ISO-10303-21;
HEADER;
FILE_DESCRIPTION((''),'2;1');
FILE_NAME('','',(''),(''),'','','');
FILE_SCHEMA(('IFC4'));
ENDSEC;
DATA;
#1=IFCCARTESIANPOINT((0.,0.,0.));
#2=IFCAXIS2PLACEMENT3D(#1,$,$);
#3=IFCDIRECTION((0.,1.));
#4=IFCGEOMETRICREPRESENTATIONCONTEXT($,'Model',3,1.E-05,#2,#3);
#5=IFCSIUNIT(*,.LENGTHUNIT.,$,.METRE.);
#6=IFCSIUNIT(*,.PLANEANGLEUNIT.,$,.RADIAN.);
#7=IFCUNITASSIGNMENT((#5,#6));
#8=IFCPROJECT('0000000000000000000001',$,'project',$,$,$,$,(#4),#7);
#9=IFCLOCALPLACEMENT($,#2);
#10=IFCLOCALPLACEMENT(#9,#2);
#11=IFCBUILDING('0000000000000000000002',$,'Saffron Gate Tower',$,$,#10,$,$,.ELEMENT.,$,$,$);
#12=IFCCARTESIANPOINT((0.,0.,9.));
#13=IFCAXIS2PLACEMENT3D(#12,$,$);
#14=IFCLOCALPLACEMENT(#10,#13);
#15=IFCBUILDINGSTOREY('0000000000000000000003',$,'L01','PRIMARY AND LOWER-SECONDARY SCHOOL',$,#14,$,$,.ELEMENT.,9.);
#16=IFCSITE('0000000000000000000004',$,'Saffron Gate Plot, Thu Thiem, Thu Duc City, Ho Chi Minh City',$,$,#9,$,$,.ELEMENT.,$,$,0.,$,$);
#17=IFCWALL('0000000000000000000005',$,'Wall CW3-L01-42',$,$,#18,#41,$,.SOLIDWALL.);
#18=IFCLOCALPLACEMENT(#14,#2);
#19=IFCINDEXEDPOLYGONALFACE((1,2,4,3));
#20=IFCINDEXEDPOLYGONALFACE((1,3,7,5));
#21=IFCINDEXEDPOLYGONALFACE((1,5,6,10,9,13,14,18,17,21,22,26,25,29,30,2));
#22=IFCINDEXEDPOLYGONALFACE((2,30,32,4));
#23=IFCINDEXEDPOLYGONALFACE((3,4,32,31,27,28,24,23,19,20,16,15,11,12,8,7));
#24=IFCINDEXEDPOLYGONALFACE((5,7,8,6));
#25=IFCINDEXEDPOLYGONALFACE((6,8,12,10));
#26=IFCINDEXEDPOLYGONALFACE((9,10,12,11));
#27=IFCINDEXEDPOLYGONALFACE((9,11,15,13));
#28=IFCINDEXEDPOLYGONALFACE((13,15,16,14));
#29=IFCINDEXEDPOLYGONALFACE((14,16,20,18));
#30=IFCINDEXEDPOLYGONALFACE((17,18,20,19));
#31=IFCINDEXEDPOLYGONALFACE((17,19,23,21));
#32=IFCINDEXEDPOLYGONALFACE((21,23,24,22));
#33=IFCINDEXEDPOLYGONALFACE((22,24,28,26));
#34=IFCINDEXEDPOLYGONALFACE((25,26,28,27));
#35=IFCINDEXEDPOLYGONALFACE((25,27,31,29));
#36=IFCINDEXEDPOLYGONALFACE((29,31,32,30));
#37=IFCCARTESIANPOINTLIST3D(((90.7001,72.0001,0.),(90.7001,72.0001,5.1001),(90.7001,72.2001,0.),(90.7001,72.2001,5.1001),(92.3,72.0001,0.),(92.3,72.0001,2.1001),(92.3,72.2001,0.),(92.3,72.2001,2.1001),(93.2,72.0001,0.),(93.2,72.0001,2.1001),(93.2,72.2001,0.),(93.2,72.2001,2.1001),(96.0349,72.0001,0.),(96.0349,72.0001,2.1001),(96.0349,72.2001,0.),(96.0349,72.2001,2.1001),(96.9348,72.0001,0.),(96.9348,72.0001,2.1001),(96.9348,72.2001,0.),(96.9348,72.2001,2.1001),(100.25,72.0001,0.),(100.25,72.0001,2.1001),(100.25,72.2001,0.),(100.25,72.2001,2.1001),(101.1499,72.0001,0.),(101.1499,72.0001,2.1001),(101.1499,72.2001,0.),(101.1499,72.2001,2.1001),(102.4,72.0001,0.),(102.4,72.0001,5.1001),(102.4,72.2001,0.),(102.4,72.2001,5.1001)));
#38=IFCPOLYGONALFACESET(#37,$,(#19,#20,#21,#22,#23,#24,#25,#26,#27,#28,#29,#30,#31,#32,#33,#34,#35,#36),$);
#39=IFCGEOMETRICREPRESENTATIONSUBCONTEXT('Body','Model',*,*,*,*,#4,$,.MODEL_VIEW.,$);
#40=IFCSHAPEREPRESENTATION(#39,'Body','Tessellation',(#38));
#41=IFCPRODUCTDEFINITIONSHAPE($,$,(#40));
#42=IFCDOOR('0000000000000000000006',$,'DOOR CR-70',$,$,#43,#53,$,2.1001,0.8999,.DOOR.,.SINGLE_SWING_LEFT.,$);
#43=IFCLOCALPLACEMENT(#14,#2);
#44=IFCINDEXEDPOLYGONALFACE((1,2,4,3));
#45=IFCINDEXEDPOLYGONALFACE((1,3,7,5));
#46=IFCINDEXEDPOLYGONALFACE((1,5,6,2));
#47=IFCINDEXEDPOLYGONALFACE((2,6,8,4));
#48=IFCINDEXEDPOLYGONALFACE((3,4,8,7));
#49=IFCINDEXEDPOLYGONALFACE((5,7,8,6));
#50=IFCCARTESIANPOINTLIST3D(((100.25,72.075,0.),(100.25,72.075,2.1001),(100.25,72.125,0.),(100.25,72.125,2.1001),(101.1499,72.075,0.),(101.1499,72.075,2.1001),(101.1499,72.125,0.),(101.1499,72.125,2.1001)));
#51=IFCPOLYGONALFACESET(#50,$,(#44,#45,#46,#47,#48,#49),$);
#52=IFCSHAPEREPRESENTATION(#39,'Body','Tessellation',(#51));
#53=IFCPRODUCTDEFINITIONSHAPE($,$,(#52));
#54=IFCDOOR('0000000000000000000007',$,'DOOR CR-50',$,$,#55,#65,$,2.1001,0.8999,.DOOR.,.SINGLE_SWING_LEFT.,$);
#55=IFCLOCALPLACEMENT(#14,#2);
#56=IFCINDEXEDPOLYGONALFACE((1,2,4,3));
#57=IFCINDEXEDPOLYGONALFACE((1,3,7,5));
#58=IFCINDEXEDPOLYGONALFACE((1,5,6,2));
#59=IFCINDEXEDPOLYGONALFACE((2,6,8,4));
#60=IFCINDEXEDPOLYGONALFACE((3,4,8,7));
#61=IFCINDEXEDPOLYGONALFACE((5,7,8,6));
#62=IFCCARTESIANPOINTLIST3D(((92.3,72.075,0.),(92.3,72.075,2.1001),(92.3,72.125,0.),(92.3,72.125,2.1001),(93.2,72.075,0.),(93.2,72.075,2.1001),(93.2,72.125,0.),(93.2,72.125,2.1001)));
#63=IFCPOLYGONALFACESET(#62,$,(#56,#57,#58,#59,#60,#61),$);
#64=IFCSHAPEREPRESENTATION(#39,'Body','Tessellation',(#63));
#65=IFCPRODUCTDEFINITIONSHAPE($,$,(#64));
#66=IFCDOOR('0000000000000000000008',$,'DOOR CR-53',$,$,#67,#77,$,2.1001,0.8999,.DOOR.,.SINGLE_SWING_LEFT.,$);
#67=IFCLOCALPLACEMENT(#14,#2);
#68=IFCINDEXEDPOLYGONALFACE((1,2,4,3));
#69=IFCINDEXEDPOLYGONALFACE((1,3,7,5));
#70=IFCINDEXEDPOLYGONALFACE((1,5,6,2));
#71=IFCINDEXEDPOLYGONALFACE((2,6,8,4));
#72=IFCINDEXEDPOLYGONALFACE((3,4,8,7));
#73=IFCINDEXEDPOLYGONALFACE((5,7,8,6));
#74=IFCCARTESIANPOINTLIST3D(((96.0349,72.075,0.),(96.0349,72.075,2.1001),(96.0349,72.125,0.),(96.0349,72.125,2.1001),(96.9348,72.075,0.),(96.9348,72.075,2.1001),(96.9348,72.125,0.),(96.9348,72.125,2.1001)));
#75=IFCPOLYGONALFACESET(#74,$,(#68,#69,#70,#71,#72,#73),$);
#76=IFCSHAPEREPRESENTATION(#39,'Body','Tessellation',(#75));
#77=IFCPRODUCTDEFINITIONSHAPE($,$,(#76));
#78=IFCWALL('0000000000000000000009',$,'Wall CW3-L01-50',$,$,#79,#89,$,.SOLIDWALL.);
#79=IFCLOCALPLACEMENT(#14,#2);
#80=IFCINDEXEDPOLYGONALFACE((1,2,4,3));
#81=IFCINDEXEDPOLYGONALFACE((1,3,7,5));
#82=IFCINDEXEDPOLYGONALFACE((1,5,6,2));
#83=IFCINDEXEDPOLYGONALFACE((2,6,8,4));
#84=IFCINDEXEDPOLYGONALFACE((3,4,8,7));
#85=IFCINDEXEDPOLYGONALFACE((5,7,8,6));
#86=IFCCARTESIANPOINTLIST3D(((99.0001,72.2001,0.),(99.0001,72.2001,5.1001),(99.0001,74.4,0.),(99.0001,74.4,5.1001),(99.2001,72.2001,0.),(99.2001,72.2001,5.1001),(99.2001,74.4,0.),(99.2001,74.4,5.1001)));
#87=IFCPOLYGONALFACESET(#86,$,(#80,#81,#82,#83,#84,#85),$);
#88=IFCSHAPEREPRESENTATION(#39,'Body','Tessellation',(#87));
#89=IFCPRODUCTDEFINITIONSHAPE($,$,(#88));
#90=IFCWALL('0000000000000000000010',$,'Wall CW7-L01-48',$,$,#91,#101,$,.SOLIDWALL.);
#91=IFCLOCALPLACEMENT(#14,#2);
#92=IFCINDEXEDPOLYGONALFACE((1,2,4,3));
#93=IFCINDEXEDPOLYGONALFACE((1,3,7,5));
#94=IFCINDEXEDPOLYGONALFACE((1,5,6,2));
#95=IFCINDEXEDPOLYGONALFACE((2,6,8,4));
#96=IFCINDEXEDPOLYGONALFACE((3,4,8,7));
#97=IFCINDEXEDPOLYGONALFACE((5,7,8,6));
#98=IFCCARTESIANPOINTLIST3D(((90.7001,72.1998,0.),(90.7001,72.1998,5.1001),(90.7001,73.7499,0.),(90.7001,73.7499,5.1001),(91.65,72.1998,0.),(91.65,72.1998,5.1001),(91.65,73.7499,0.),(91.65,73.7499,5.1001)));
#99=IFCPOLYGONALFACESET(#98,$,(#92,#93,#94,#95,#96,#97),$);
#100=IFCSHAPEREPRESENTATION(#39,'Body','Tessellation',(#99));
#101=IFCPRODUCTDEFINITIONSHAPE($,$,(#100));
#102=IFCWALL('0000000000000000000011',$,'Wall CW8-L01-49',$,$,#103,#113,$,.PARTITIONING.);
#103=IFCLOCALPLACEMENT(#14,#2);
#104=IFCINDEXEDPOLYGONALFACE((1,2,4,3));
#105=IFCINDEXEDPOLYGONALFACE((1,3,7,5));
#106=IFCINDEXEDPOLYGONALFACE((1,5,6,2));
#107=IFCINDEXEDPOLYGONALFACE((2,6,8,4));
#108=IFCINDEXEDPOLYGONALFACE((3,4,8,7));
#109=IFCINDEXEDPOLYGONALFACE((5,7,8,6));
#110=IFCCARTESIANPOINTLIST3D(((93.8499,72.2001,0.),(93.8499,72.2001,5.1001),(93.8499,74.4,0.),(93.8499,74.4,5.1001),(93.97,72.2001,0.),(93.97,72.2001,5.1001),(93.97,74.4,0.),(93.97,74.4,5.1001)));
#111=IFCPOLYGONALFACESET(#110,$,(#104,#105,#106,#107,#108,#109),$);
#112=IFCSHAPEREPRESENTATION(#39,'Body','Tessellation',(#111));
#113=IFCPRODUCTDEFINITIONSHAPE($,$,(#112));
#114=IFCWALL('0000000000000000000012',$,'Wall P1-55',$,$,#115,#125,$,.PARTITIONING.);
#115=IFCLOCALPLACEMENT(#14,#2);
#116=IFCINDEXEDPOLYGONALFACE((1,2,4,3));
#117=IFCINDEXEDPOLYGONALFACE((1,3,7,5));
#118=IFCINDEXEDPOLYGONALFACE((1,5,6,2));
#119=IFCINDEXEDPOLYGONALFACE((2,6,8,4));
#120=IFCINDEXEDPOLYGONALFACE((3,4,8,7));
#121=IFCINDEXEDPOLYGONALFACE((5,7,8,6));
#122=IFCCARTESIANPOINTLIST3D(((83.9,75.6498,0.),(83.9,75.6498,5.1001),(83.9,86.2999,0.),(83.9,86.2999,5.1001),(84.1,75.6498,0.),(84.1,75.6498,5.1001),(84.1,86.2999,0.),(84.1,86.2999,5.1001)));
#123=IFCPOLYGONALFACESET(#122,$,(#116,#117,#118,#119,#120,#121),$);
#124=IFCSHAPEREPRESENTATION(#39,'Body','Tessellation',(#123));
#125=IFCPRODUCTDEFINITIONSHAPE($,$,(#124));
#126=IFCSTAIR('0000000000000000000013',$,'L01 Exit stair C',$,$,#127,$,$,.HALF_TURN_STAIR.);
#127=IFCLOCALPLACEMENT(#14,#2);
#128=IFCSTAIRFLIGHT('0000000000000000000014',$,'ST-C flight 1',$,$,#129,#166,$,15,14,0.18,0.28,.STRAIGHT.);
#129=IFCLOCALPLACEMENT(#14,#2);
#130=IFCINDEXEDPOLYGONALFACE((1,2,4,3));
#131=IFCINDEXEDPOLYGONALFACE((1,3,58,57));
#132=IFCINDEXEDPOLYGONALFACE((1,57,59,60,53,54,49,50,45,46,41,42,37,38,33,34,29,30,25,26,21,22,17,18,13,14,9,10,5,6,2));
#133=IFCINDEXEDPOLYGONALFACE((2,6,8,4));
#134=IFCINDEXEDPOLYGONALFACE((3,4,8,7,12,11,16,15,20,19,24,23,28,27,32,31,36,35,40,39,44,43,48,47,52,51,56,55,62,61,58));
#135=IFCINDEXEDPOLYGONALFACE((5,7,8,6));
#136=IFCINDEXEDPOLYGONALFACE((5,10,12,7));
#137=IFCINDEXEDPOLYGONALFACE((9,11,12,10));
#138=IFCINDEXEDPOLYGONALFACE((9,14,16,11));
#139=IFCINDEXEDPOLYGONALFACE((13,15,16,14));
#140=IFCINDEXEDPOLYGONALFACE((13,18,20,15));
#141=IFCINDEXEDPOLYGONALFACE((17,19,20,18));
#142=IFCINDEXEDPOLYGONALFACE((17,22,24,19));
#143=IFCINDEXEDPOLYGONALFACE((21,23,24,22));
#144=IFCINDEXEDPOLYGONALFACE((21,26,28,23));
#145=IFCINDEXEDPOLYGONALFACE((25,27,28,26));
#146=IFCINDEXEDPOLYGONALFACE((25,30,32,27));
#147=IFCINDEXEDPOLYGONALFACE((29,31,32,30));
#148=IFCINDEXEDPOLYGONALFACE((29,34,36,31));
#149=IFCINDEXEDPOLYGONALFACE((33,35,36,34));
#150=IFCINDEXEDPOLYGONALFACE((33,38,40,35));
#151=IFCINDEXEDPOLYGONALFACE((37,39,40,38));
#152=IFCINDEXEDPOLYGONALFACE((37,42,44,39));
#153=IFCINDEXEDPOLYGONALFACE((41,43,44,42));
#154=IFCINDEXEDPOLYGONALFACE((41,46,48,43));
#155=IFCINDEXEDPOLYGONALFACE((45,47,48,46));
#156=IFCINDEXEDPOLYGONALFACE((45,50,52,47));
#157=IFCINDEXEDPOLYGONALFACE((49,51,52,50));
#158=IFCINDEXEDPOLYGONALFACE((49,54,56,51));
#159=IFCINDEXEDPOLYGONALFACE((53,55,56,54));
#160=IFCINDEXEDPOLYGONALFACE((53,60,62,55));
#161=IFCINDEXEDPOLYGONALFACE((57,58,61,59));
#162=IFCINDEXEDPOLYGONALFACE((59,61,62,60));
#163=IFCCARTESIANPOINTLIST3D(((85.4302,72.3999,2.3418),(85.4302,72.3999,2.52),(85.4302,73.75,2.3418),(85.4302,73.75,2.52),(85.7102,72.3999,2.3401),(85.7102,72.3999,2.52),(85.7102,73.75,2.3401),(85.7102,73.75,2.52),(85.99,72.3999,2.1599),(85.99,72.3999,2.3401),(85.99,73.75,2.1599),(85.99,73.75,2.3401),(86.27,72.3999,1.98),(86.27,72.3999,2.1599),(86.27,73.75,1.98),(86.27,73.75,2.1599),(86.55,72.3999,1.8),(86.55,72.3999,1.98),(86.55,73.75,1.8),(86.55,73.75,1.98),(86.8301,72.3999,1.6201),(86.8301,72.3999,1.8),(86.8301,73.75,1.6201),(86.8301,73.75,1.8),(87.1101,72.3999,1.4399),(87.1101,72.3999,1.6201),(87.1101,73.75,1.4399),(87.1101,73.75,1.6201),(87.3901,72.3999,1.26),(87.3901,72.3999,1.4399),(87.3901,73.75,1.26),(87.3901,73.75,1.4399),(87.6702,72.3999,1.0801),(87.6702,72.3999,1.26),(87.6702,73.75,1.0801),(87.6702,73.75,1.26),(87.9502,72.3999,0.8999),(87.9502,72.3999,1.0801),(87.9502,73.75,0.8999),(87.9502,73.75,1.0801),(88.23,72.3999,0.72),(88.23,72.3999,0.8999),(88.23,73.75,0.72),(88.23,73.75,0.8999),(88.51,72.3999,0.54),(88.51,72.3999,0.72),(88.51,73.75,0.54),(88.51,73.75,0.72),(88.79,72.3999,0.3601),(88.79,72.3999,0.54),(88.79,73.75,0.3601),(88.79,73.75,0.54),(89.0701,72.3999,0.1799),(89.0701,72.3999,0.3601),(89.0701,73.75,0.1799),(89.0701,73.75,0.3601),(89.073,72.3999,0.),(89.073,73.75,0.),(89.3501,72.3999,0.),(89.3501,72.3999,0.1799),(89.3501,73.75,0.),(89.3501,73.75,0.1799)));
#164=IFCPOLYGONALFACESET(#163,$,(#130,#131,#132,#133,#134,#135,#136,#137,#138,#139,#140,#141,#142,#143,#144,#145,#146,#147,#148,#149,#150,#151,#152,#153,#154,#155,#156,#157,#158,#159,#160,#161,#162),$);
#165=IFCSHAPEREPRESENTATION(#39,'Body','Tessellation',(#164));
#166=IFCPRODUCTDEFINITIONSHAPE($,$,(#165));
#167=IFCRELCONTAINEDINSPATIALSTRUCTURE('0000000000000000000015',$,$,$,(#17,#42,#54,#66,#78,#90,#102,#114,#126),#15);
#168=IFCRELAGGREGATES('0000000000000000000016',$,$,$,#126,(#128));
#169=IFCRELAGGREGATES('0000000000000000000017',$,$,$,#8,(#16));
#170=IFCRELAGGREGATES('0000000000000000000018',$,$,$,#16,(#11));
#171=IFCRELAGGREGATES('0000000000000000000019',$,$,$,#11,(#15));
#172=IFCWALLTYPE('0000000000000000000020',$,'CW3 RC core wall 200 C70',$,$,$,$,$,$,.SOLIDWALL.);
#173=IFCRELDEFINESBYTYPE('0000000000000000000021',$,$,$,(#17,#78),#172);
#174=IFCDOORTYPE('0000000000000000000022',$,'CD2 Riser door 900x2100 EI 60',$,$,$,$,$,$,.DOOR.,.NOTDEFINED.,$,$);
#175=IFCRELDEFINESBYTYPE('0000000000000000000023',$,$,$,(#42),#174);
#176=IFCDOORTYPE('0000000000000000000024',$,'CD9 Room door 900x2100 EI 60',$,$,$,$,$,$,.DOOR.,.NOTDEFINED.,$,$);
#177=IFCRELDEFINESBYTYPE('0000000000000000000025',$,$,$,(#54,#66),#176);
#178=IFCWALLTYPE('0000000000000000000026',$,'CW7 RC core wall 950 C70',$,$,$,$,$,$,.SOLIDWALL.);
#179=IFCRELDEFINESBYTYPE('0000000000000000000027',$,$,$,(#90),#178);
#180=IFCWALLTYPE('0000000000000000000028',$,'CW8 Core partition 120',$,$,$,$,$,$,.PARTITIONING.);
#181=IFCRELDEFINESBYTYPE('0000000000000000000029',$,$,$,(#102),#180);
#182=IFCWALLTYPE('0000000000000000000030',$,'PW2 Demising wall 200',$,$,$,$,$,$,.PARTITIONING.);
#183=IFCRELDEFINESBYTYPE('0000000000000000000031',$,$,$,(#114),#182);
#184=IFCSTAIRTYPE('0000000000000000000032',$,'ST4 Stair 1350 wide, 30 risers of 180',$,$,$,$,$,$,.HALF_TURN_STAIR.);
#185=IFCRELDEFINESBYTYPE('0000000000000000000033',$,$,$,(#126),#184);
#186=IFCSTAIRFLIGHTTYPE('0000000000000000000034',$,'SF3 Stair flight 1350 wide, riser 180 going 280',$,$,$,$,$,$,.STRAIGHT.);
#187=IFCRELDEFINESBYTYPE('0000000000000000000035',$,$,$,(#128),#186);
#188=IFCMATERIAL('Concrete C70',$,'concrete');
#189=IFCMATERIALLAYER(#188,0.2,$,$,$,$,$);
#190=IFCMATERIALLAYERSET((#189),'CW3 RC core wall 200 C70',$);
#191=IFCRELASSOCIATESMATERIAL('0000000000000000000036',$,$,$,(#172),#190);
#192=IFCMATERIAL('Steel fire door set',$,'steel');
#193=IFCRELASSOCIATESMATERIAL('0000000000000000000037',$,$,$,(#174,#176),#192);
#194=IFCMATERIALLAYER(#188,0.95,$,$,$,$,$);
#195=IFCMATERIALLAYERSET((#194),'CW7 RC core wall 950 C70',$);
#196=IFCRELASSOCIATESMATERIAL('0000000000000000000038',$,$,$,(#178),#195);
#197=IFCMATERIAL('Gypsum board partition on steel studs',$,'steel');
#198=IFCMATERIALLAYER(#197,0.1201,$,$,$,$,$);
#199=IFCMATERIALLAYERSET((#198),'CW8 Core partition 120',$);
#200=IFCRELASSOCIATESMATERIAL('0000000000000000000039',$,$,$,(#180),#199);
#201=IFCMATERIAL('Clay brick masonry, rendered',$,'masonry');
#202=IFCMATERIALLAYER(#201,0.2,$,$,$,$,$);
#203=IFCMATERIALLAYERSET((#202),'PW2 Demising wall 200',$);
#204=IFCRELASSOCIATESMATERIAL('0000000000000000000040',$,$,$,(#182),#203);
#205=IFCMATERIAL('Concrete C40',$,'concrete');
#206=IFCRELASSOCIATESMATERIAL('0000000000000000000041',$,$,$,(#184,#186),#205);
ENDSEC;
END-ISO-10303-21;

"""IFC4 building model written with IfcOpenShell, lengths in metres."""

from ifc_helpers import new_model, si_unit, direction, frame, frame_2d, origin, place, context, subcontext, project, spatial, polyline, rectangle, outline, extrude, material, layer, layer_set, type_object, element, fill, aggregate, save


model = new_model("IFC4")

# Units and contexts
model_context = context("Model", 3, precision=1e-05, world=origin(), true_north=direction((0.0, 1.0)))
body_context = subcontext(model_context, "Body", "Model", "MODEL_VIEW")
ifc_project = project(units=[si_unit("LENGTHUNIT", "METRE"), si_unit("PLANEANGLEUNIT", "RADIAN")], contexts=[model_context])

# Site, building, storey
site_placement = place(None, origin())
site = spatial("IfcSite", under=ifc_project, at=site_placement, Name="Saffron Gate Plot, Thu Thiem, Thu Duc City, Ho Chi Minh City", CompositionType="ELEMENT", RefElevation=0.0)
building_placement = place(site_placement, origin())
building = spatial("IfcBuilding", under=site, at=building_placement, Name="Saffron Gate Tower", CompositionType="ELEMENT")
storey_placement = place(building_placement, frame((0.0, 0.0, 9.0)))
storey = spatial("IfcBuildingStorey", under=building, at=storey_placement, Name="L01", Description="PRIMARY AND LOWER-SECONDARY SCHOOL", CompositionType="ELEMENT", Elevation=9.0)

# Shared definitions
ifc_material_1 = material(Name="Concrete C70", Category="concrete")

# Wall, openings, doors
ifc_layer_1 = layer(ifc_material_1, 0.2)
ifc_layer_set_1 = layer_set([ifc_layer_1], Name="CW3 RC core wall 200 C70")
wall_type_1 = type_object("IfcWallType", Name="CW3 RC core wall 200 C70", PredefinedType="SOLIDWALL", material=ifc_layer_set_1)
wall_1_placement = place(storey_placement, frame((90.7, 72.1001, 0.0), z_axis=(0.0, 0.0, 1.0), x_axis=(1.0, 0.0, 0.0)))
wall_1 = element("IfcWall", 1, at=wall_1_placement, inside=storey, type_object=wall_type_1, Name="Wall CW3-L01-42", PredefinedType="SOLIDWALL", context=body_context, shape_type="SweptSolid", body=[
    extrude(rectangle(XDim=11.7, YDim=0.2, at=frame_2d((5.8501, 0.0))), origin(), (0.0, 0.0, 1.0), 5.1001),
])
opening_1_placement = place(wall_1_placement, frame((1.6001, 0.0, 0.0)))
opening_1 = element("IfcOpeningElement", 2, at=opening_1_placement, cuts=wall_1, PredefinedType="OPENING", context=body_context, shape_type="SweptSolid", body=[
    extrude(rectangle(XDim=0.8999, YDim=2.1001, at=frame_2d((0.45, 1.05))), frame((0.0, 0.1099, 0.0), z_axis=(0.0, -1.0, 0.0), x_axis=(1.0, 0.0, 0.0)), (0.0, 0.0, 1.0), 0.22),
])
opening_2_placement = place(wall_1_placement, frame((5.335, 0.0, 0.0)))
opening_2 = element("IfcOpeningElement", 3, at=opening_2_placement, cuts=wall_1, PredefinedType="OPENING", context=body_context, shape_type="SweptSolid", body=[
    extrude(rectangle(XDim=0.8999, YDim=2.1001, at=frame_2d((0.45, 1.05))), frame((0.0, 0.1099, 0.0), z_axis=(0.0, -1.0, 0.0), x_axis=(1.0, 0.0, 0.0)), (0.0, 0.0, 1.0), 0.22),
])
opening_3_placement = place(wall_1_placement, frame((9.55, 0.0, 0.0)))
opening_3 = element("IfcOpeningElement", 4, at=opening_3_placement, cuts=wall_1, PredefinedType="OPENING", context=body_context, shape_type="SweptSolid", body=[
    extrude(rectangle(XDim=0.8999, YDim=2.1001, at=frame_2d((0.45, 1.05))), frame((0.0, 0.1099, 0.0), z_axis=(0.0, -1.0, 0.0), x_axis=(1.0, 0.0, 0.0)), (0.0, 0.0, 1.0), 0.22),
])
ifc_material_2 = material(Name="Steel fire door set", Category="steel")
door_type_1 = type_object("IfcDoorType", Name="CD2 Riser door 900x2100 EI 60", OperationType="NOTDEFINED", PredefinedType="DOOR", material=ifc_material_2)
door_1_placement = place(opening_3_placement, origin())
door_1 = element("IfcDoor", 5, at=door_1_placement, inside=storey, type_object=door_type_1, Name="DOOR CR-70", OperationType="SINGLE_SWING_LEFT", OverallHeight=2.1001, OverallWidth=0.8999, PredefinedType="DOOR", context=body_context, shape_type="SweptSolid", body=[
    extrude(rectangle(XDim=0.8999, YDim=2.1001, at=frame_2d((0.45, 1.05))), frame((0.0, 0.0249, 0.0), z_axis=(0.0, -1.0, 0.0), x_axis=(1.0, 0.0, 0.0)), (0.0, 0.0, 1.0), 0.05),
])
fill(opening_3, door_1)
door_type_2 = type_object("IfcDoorType", Name="CD9 Room door 900x2100 EI 60", OperationType="NOTDEFINED", PredefinedType="DOOR", material=ifc_material_2)
door_2_placement = place(opening_1_placement, origin())
door_2 = element("IfcDoor", 6, at=door_2_placement, inside=storey, type_object=door_type_2, Name="DOOR CR-50", OperationType="SINGLE_SWING_LEFT", OverallHeight=2.1001, OverallWidth=0.8999, PredefinedType="DOOR", context=body_context, shape_type="SweptSolid", body=[
    extrude(rectangle(XDim=0.8999, YDim=2.1001, at=frame_2d((0.45, 1.05))), frame((0.0, 0.0249, 0.0), z_axis=(0.0, -1.0, 0.0), x_axis=(1.0, 0.0, 0.0)), (0.0, 0.0, 1.0), 0.05),
])
fill(opening_1, door_2)
door_3_placement = place(opening_2_placement, origin())
door_3 = element("IfcDoor", 7, at=door_3_placement, inside=storey, type_object=door_type_2, Name="DOOR CR-53", OperationType="SINGLE_SWING_LEFT", OverallHeight=2.1001, OverallWidth=0.8999, PredefinedType="DOOR", context=body_context, shape_type="SweptSolid", body=[
    extrude(rectangle(XDim=0.8999, YDim=2.1001, at=frame_2d((0.45, 1.05))), frame((0.0, 0.0249, 0.0), z_axis=(0.0, -1.0, 0.0), x_axis=(1.0, 0.0, 0.0)), (0.0, 0.0, 1.0), 0.05),
])
fill(opening_2, door_3)

# Walls
wall_2_placement = place(storey_placement, frame((99.1001, 72.2, 0.0), z_axis=(0.0, 0.0, 1.0), x_axis=(0.0, 1.0, 0.0)))
element("IfcWall", 8, at=wall_2_placement, inside=storey, type_object=wall_type_1, Name="Wall CW3-L01-50", PredefinedType="SOLIDWALL", context=body_context, shape_type="SweptSolid", body=[
    extrude(rectangle(XDim=2.2, YDim=0.2, at=frame_2d((1.1001, 0.0))), origin(), (0.0, 0.0, 1.0), 5.1001),
])
ifc_layer_2 = layer(ifc_material_1, 0.95)
ifc_layer_set_2 = layer_set([ifc_layer_2], Name="CW7 RC core wall 950 C70")
wall_type_2 = type_object("IfcWallType", Name="CW7 RC core wall 950 C70", PredefinedType="SOLIDWALL", material=ifc_layer_set_2)
wall_3_placement = place(storey_placement, frame((91.175, 72.2, 0.0), z_axis=(0.0, 0.0, 1.0), x_axis=(0.0, 1.0, 0.0)))
element("IfcWall", 9, at=wall_3_placement, inside=storey, type_object=wall_type_2, Name="Wall CW7-L01-48", PredefinedType="SOLIDWALL", context=body_context, shape_type="SweptSolid", body=[
    extrude(rectangle(XDim=1.55, YDim=0.95, at=frame_2d((0.7749, 0.0))), origin(), (0.0, 0.0, 1.0), 5.1001),
])
ifc_material_3 = material(Name="Gypsum board partition on steel studs", Category="steel")
ifc_layer_3 = layer(ifc_material_3, 0.1201)
ifc_layer_set_3 = layer_set([ifc_layer_3], Name="CW8 Core partition 120")
wall_type_3 = type_object("IfcWallType", Name="CW8 Core partition 120", PredefinedType="PARTITIONING", material=ifc_layer_set_3)
wall_4_placement = place(storey_placement, frame((93.9099, 72.2, 0.0), z_axis=(0.0, 0.0, 1.0), x_axis=(0.0, 1.0, 0.0)))
element("IfcWall", 10, at=wall_4_placement, inside=storey, type_object=wall_type_3, Name="Wall CW8-L01-49", PredefinedType="PARTITIONING", context=body_context, shape_type="SweptSolid", body=[
    extrude(rectangle(XDim=2.2, YDim=0.1201, at=frame_2d((1.1001, 0.0))), origin(), (0.0, 0.0, 1.0), 5.1001),
])
ifc_material_4 = material(Name="Clay brick masonry, rendered", Category="masonry")
ifc_layer_4 = layer(ifc_material_4, 0.2)
ifc_layer_set_4 = layer_set([ifc_layer_4], Name="PW2 Demising wall 200")
wall_type_4 = type_object("IfcWallType", Name="PW2 Demising wall 200", PredefinedType="PARTITIONING", material=ifc_layer_set_4)
wall_5_placement = place(storey_placement, frame((84.0, 86.3, 0.0), z_axis=(0.0, 0.0, 1.0), x_axis=(0.0, -1.0, 0.0)))
element("IfcWall", 11, at=wall_5_placement, inside=storey, type_object=wall_type_4, Name="Wall P1-55", PredefinedType="PARTITIONING", context=body_context, shape_type="SweptSolid", body=[
    extrude(rectangle(XDim=10.6501, YDim=0.2, at=frame_2d((5.3252, 0.0))), origin(), (0.0, 0.0, 1.0), 5.1001),
])

# Stair, stair flight
ifc_material_5 = material(Name="Concrete C40", Category="concrete")
stair_type = type_object("IfcStairType", Name="ST4 Stair 1350 wide, 30 risers of 180", PredefinedType="HALF_TURN_STAIR", material=ifc_material_5)
stair_placement = place(storey_placement, origin())
stair = element("IfcStair", 12, at=stair_placement, inside=storey, type_object=stair_type, Name="L01 Exit stair C", PredefinedType="HALF_TURN_STAIR")
stair_flight_type = type_object("IfcStairFlightType", Name="SF3 Stair flight 1350 wide, riser 180 going 280", PredefinedType="STRAIGHT", material=ifc_material_5)
stair_flight_1_placement = place(storey_placement, frame((89.3501, 73.075, 0.0), z_axis=(0.0, 0.0, 1.0), x_axis=(-1.0, 0.0, 0.0)))
stair_flight_1 = element("IfcStairFlight", 13, at=stair_flight_1_placement, type_object=stair_flight_type, Name="ST-C flight 1", NumberOfRisers=15, NumberOfTreads=14, PredefinedType="STRAIGHT", RiserHeight=0.18, TreadLength=0.28, context=body_context, shape_type="SweptSolid", body=[
    extrude(outline(polyline([(0.0, 0.0), (0.0, 0.1799), (0.28, 0.1799), (0.28, 0.3601), (0.5601, 0.3601), (0.5601, 0.54), (0.8401, 0.54), (0.8401, 0.72), (1.1201, 0.72), (1.1201, 0.8999), (1.3999, 0.8999), (1.3999, 1.0801), (1.6799, 1.0801), (1.6799, 1.26), (1.96, 1.26), (1.96, 1.4399), (2.24, 1.4399), (2.24, 1.6201), (2.52, 1.6201), (2.52, 1.8), (2.8, 1.8), (2.8, 1.98), (3.0801, 1.98), (3.0801, 2.1599), (3.3601, 2.1599), (3.3601, 2.3401), (3.6399, 2.3401), (3.6399, 2.52), (3.9199, 2.52), (3.9199, 2.7), (3.9199, 2.3418), (0.2771, 0.0), (0.0, 0.0)])), frame((0.0, 0.675, 0.0), z_axis=(0.0, -1.0, 0.0), x_axis=(1.0, 0.0, 0.0)), (0.0, 0.0, 1.0), 1.3501),
])
aggregate(stair, [stair_flight_1])

save(model, "model.ifc")
